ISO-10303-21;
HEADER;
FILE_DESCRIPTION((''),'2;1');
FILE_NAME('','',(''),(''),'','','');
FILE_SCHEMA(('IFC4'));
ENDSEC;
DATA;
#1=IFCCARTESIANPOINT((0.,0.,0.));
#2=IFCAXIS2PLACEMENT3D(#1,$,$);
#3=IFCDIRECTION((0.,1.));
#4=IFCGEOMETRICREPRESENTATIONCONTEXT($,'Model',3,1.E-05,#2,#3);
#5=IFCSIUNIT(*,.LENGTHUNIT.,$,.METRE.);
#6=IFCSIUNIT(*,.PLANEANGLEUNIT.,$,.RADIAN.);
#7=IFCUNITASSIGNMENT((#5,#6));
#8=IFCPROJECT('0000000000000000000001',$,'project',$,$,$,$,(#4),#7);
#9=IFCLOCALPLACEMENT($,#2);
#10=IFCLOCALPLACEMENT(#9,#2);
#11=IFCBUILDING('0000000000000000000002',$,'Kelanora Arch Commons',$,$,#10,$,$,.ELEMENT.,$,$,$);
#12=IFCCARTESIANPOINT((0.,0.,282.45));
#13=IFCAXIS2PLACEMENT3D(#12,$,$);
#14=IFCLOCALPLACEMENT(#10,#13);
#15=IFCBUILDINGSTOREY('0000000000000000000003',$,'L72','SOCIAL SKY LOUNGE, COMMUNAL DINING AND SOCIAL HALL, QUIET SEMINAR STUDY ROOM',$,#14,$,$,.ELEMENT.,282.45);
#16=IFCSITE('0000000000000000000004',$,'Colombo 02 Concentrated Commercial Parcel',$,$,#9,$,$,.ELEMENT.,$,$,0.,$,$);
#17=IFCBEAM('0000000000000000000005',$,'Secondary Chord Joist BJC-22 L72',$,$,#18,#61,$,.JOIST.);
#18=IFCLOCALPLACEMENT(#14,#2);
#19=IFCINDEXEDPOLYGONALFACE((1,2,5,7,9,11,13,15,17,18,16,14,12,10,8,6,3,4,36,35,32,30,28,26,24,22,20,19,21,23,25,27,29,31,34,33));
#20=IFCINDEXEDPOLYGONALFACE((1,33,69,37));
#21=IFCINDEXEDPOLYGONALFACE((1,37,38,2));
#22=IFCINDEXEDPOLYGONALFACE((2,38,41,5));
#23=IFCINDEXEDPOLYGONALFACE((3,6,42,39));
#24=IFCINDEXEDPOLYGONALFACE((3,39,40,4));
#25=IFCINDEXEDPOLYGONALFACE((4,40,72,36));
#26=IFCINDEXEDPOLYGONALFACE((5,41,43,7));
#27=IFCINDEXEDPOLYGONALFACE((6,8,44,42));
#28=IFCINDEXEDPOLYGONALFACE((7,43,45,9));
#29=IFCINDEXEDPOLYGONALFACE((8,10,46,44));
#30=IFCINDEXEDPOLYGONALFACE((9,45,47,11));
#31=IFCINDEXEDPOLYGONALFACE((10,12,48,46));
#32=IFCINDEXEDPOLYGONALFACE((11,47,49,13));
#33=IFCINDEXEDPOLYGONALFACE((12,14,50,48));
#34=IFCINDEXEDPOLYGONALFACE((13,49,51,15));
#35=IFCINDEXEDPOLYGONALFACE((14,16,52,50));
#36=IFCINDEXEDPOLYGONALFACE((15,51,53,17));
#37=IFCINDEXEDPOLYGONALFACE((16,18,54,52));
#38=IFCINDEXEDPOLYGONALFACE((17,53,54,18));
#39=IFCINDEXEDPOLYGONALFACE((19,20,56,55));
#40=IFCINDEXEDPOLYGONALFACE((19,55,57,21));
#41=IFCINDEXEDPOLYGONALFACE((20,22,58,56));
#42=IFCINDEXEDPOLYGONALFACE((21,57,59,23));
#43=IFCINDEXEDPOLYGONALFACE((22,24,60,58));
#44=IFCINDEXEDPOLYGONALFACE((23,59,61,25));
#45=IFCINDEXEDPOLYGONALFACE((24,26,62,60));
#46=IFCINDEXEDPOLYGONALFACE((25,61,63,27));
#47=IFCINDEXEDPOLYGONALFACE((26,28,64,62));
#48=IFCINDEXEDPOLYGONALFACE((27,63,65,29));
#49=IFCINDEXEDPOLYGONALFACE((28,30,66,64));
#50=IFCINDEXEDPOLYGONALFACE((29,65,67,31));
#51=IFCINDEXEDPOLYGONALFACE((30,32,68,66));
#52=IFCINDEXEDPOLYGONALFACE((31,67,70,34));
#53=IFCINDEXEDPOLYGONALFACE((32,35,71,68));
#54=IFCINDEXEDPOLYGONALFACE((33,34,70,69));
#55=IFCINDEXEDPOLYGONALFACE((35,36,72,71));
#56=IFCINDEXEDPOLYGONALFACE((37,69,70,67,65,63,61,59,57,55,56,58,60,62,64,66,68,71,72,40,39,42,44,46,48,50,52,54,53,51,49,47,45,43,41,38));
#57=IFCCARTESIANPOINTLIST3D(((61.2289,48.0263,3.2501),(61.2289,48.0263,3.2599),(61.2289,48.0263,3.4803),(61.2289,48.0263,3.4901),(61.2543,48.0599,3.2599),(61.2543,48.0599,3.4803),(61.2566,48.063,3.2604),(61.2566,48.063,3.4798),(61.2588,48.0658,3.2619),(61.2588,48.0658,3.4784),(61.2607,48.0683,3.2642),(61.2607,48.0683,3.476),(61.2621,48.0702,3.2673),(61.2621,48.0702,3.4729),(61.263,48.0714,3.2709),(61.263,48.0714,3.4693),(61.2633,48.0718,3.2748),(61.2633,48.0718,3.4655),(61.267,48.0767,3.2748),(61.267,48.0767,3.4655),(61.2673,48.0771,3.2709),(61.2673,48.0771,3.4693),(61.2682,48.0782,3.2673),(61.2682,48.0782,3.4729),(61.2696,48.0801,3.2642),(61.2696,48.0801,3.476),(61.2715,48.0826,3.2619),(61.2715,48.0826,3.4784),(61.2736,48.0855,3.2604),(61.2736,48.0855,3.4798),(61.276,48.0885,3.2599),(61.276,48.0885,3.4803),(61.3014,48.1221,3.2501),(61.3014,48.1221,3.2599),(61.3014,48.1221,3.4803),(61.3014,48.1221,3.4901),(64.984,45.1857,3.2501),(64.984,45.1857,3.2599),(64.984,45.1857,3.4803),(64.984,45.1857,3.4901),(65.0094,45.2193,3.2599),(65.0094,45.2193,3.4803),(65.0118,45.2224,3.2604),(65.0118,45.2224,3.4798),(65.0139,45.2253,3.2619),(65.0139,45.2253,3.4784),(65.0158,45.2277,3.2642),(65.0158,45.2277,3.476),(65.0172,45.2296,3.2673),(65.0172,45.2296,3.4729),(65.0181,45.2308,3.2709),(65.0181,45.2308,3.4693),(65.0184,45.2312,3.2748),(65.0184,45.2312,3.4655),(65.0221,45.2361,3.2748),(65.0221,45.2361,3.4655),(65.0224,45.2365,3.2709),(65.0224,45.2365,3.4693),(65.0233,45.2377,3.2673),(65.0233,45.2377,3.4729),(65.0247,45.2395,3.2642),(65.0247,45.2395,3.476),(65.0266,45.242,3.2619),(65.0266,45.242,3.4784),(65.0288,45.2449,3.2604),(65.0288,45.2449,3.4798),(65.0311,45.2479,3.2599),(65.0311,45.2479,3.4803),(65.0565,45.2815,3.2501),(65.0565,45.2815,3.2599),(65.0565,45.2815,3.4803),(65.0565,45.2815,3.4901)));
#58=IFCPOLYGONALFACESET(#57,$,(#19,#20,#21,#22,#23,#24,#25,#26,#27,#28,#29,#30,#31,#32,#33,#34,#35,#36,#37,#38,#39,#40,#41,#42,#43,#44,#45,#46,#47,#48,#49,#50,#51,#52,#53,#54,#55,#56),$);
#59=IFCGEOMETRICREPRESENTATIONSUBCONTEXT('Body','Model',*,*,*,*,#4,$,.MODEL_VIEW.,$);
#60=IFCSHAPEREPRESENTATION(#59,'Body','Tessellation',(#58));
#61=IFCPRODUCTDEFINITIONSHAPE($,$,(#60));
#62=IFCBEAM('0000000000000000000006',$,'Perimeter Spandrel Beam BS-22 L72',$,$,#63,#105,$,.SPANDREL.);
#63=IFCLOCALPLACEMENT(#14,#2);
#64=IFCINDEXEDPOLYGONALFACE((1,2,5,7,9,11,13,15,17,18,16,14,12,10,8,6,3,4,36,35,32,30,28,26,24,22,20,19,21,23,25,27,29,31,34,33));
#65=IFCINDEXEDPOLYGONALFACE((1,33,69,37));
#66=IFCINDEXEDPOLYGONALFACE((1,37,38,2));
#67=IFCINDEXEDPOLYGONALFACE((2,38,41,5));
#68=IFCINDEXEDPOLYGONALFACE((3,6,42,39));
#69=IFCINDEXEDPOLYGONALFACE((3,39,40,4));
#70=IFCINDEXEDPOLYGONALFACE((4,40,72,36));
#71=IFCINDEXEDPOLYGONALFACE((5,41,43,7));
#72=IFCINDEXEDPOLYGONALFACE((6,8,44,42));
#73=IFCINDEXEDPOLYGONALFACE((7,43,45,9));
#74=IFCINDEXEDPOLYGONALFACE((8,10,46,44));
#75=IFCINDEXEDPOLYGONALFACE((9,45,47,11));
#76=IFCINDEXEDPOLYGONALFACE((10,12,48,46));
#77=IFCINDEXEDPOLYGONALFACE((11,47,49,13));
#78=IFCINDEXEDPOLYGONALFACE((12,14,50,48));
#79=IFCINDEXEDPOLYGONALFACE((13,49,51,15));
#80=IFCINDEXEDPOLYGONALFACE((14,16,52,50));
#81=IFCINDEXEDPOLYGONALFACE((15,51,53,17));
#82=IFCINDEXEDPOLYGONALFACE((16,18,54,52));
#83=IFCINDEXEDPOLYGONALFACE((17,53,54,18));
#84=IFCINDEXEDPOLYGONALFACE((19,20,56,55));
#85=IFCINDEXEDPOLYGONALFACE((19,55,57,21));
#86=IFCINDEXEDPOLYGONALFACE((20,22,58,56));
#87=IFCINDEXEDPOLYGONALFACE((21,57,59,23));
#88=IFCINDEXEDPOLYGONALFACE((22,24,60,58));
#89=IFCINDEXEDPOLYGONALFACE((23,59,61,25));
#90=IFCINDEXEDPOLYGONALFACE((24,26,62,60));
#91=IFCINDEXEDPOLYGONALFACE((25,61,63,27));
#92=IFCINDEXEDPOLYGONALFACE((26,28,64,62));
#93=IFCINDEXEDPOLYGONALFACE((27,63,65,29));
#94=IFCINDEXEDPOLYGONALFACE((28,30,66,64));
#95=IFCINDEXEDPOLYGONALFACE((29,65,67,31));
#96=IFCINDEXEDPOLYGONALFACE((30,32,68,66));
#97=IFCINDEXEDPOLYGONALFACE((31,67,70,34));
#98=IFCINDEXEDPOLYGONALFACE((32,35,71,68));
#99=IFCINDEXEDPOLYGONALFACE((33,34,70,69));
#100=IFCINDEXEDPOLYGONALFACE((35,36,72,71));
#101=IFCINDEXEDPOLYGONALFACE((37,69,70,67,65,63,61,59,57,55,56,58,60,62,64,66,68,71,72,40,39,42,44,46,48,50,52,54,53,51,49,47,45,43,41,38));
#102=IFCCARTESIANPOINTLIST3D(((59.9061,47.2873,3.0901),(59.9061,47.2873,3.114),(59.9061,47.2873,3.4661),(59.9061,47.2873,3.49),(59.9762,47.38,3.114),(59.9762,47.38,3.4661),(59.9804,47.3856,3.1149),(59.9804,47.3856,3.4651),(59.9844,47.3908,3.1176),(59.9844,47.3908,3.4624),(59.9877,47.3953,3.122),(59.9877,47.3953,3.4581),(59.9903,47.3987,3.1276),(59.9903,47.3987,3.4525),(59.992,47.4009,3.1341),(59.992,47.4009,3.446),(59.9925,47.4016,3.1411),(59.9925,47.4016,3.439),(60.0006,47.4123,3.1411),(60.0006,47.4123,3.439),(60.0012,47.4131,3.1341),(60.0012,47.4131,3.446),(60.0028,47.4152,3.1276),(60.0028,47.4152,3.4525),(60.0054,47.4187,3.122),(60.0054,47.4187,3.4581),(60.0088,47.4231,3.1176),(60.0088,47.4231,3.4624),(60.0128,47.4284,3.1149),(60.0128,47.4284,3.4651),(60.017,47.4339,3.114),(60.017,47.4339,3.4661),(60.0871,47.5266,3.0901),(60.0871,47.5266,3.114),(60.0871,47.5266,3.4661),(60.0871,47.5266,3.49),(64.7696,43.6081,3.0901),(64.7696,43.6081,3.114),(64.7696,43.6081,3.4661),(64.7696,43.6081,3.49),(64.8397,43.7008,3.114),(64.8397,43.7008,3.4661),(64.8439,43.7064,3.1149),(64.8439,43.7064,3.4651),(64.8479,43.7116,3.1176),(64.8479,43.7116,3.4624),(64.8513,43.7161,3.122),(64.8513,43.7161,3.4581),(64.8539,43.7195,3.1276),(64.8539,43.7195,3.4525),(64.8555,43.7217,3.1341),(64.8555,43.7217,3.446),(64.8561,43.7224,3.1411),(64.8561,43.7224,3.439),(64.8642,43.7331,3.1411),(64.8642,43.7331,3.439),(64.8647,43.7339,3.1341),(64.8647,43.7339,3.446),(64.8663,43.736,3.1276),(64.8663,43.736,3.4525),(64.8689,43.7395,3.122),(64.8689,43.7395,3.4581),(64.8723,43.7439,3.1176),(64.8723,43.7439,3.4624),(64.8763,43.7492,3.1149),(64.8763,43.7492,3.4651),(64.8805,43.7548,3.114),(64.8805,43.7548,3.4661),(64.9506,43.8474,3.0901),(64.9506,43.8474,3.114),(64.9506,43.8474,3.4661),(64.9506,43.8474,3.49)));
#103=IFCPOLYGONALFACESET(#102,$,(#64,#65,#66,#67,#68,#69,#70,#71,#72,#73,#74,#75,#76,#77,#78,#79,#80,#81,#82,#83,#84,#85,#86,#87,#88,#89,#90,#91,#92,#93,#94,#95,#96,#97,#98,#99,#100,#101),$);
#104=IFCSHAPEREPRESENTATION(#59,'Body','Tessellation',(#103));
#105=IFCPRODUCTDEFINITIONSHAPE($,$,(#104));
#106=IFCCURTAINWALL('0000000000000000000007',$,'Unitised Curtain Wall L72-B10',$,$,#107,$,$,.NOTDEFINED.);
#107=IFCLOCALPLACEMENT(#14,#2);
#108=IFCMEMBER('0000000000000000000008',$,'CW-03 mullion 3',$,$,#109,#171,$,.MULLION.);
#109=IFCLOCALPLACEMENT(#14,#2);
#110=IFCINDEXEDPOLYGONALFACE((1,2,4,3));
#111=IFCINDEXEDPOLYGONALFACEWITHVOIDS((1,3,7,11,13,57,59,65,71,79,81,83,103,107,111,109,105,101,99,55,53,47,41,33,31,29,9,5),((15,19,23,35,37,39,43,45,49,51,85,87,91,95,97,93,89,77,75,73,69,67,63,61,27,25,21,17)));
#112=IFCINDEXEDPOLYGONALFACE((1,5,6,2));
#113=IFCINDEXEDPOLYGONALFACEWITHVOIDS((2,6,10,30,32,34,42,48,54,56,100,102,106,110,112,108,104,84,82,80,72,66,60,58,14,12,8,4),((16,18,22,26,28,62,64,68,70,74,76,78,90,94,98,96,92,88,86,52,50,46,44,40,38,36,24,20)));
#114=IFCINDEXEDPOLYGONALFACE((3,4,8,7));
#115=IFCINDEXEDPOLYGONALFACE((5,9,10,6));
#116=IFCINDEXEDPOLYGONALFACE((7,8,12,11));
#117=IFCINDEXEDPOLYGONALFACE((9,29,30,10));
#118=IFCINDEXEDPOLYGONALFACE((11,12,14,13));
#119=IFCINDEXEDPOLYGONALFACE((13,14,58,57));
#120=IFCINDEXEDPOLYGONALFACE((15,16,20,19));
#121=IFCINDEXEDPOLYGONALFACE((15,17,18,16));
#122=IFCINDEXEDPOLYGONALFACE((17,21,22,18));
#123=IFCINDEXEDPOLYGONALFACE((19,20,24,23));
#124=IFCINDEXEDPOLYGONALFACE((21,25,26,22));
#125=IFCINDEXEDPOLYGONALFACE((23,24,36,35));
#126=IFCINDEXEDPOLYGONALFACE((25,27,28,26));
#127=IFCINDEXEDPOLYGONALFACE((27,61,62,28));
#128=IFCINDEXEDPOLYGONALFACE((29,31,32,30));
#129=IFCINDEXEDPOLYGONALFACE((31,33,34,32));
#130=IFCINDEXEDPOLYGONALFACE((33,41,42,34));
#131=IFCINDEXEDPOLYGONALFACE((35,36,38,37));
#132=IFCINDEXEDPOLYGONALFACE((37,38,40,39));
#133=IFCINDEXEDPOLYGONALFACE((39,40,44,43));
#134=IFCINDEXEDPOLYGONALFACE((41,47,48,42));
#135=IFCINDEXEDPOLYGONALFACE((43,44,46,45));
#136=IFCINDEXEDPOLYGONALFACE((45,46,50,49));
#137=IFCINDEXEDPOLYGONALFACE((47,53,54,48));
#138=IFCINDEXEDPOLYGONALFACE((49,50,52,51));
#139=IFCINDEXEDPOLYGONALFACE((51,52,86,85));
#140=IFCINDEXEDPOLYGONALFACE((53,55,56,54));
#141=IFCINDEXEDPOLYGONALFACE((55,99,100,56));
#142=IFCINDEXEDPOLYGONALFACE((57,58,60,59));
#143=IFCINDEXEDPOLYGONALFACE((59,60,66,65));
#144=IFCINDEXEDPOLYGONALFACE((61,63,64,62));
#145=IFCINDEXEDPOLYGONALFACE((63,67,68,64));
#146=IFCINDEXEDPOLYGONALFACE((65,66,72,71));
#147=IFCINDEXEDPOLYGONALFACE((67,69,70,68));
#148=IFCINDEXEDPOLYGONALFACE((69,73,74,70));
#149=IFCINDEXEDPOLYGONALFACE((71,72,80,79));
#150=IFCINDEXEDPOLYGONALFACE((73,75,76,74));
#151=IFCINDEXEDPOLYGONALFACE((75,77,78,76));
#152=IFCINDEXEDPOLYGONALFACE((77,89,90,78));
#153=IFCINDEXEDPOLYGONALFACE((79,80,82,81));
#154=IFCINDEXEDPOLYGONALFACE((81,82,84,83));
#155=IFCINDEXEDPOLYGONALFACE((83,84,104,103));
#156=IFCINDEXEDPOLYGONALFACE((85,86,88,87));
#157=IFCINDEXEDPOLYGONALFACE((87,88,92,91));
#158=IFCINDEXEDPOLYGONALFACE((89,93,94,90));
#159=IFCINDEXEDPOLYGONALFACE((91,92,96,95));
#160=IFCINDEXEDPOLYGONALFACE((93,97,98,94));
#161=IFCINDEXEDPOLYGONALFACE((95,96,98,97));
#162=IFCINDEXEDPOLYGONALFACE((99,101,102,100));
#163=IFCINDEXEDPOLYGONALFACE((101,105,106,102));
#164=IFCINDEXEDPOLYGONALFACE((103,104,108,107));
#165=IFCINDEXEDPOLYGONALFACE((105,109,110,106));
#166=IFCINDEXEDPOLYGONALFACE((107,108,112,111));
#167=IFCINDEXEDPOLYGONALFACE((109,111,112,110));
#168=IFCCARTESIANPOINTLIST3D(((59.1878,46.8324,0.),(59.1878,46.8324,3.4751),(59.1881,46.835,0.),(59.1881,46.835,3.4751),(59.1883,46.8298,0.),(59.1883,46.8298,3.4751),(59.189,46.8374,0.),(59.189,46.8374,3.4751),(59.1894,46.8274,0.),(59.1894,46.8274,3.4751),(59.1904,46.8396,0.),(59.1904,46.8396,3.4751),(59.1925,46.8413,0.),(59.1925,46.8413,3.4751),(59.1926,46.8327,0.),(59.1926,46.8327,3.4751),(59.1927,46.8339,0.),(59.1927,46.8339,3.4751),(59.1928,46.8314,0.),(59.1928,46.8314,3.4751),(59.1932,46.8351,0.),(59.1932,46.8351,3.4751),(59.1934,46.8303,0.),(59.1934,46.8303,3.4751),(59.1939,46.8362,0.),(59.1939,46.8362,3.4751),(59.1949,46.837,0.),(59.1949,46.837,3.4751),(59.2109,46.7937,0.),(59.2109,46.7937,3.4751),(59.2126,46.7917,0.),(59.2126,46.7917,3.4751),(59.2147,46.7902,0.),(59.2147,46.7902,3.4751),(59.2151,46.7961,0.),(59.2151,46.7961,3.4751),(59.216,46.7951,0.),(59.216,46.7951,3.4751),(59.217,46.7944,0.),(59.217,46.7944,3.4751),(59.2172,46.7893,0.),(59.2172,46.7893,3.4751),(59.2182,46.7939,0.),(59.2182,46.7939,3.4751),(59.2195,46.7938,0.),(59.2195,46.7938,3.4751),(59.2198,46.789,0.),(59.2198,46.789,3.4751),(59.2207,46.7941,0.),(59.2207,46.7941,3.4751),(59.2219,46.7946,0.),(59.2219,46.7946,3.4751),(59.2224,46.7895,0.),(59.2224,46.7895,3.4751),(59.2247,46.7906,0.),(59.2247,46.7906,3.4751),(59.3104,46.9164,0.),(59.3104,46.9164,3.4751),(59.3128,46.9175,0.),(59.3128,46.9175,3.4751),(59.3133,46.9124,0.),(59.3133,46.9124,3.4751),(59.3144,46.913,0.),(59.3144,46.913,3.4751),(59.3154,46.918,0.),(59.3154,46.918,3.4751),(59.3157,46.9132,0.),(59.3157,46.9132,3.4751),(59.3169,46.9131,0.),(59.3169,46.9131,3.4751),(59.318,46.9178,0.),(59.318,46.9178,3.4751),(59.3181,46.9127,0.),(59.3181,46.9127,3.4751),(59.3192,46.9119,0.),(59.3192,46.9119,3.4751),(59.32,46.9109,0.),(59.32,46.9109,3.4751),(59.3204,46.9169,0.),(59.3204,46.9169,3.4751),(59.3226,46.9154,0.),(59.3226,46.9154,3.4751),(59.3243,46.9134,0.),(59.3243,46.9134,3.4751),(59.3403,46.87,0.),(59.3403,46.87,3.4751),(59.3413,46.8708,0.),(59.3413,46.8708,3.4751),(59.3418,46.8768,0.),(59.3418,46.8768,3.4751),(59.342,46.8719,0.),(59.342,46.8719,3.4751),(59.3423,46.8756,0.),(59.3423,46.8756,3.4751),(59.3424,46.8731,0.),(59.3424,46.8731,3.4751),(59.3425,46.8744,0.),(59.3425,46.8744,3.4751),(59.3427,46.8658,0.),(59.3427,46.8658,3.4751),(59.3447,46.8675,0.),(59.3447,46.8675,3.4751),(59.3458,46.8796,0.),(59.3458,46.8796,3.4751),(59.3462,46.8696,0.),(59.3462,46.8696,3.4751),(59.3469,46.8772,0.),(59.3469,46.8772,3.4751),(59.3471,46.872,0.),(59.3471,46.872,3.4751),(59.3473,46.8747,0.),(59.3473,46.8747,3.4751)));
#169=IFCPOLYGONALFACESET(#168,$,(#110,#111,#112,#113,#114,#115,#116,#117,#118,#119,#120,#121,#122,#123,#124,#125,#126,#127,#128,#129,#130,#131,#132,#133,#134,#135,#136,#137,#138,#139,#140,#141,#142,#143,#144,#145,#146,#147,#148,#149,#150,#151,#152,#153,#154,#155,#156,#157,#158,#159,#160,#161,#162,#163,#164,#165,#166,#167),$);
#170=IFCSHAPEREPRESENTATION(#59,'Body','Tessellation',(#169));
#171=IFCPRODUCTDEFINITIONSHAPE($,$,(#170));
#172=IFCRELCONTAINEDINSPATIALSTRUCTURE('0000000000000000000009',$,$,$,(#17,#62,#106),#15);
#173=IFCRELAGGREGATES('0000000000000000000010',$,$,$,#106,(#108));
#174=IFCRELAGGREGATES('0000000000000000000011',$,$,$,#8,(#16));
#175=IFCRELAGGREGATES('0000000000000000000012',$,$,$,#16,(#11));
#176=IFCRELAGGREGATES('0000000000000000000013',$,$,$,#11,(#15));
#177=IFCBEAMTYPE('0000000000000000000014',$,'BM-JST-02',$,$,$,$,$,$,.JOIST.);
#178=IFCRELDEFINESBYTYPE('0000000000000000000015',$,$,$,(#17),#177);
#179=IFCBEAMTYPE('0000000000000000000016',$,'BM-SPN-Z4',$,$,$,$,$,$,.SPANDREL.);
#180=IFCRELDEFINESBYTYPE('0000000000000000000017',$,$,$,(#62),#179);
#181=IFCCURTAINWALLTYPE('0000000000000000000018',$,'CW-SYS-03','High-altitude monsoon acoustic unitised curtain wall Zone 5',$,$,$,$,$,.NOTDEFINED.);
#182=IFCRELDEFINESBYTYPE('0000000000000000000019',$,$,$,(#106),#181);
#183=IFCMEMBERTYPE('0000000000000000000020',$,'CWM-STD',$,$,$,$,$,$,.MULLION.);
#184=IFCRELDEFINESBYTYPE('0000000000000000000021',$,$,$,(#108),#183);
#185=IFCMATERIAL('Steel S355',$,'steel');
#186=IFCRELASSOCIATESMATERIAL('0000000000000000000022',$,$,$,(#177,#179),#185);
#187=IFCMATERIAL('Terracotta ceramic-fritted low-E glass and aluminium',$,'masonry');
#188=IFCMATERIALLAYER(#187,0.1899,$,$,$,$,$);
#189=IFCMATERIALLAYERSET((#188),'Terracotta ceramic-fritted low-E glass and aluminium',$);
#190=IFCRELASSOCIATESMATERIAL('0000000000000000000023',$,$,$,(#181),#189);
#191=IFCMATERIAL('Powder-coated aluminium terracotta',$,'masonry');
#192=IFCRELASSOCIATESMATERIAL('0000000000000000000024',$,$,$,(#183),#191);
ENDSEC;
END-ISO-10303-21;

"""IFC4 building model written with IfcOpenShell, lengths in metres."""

from ifc_helpers import new_model, si_unit, direction, frame, origin, origin_2d, place, context, subcontext, project, spatial, hollow_rectangle, i_section, extrude, material, layer, layer_set, material_profile, profile_set, type_object, element, aggregate, save


model = new_model("IFC4")

# Units and contexts
model_context = context("Model", 3, precision=1e-05, world=origin(), true_north=direction((0.0, 1.0)))
body_context = subcontext(model_context, "Body", "Model", "MODEL_VIEW")
ifc_project = project(units=[si_unit("LENGTHUNIT", "METRE"), si_unit("PLANEANGLEUNIT", "RADIAN")], contexts=[model_context])

# Site, building, storey
site_placement = place(None, origin())
site = spatial("IfcSite", under=ifc_project, at=site_placement, Name="Colombo 02 Concentrated Commercial Parcel", CompositionType="ELEMENT", RefElevation=0.0)
building_placement = place(site_placement, origin())
building = spatial("IfcBuilding", under=site, at=building_placement, Name="Kelanora Arch Commons", CompositionType="ELEMENT")
storey_placement = place(building_placement, frame((0.0, 0.0, 282.45)))
storey = spatial("IfcBuildingStorey", under=building, at=storey_placement, Name="L72", Description="SOCIAL SKY LOUNGE, COMMUNAL DINING AND SOCIAL HALL, QUIET SEMINAR STUDY ROOM", CompositionType="ELEMENT", Elevation=282.45)

# Beams
ifc_material_1 = material(Name="Steel S355", Category="steel")
ifc_material_profile_1 = material_profile(ifc_material_1, i_section(OverallWidth=0.1201, OverallDepth=0.24, WebThickness=0.0061, FlangeThickness=0.0098, FilletRadius=0.0149, at=origin_2d()), Name="IPE240")
ifc_profile_set_1 = profile_set([ifc_material_profile_1], Name="Steel S355")
beam_type_1 = type_object("IfcBeamType", Name="BM-JST-02", PredefinedType="JOIST", material=ifc_profile_set_1)
beam_1_placement = place(storey_placement, frame((61.2651, 48.0742, 3.3701), z_axis=(0.797523, -0.603289, 0.0), x_axis=(0.603289, 0.797523, 0.0)))
element("IfcBeam", 1, at=beam_1_placement, inside=storey, type_object=beam_type_1, Name="Secondary Chord Joist BJC-22 L72", PredefinedType="JOIST", context=body_context, shape_type="SweptSolid", body=[
    extrude(i_section(OverallWidth=0.1201, OverallDepth=0.24, WebThickness=0.0061, FlangeThickness=0.0098, FilletRadius=0.0149, at=origin_2d()), origin(), (0.0, 0.0, 1.0), 4.7085),
])
ifc_material_profile_2 = material_profile(ifc_material_1, i_section(OverallWidth=0.3, OverallDepth=0.3999, WebThickness=0.0134, FlangeThickness=0.0239, FilletRadius=0.0271, at=origin_2d()), Name="HEB400")
ifc_profile_set_2 = profile_set([ifc_material_profile_2], Name="Steel S355")
beam_type_2 = type_object("IfcBeamType", Name="BM-SPN-Z4", PredefinedType="SPANDREL", material=ifc_profile_set_2)
beam_2_placement = place(storey_placement, frame((59.9966, 47.407, 3.29), z_axis=(0.797509, -0.603306, 0.0), x_axis=(0.603306, 0.797509, 0.0)))
element("IfcBeam", 2, at=beam_2_placement, inside=storey, type_object=beam_type_2, Name="Perimeter Spandrel Beam BS-22 L72", PredefinedType="SPANDREL", context=body_context, shape_type="SweptSolid", body=[
    extrude(i_section(OverallWidth=0.3, OverallDepth=0.3999, WebThickness=0.0134, FlangeThickness=0.0239, FilletRadius=0.0271, at=origin_2d()), origin(), (0.0, 0.0, 1.0), 6.0984),
])

# Curtain wall, member
ifc_material_2 = material(Name="Terracotta ceramic-fritted low-E glass and aluminium", Category="masonry")
ifc_layer_1 = layer(ifc_material_2, 0.1899)
ifc_layer_set_1 = layer_set([ifc_layer_1], Name="Terracotta ceramic-fritted low-E glass and aluminium")
curtain_wall_type = type_object("IfcCurtainWallType", Name="CW-SYS-03", Description="High-altitude monsoon acoustic unitised curtain wall Zone 5", PredefinedType="NOTDEFINED", material=ifc_layer_set_1)
curtain_wall_placement = place(storey_placement, origin())
curtain_wall = element("IfcCurtainWall", 3, at=curtain_wall_placement, inside=storey, type_object=curtain_wall_type, Name="Unitised Curtain Wall L72-B10", PredefinedType="NOTDEFINED")
ifc_material_3 = material(Name="Powder-coated aluminium terracotta", Category="masonry")
ifc_material_profile_3 = material_profile(ifc_material_3, hollow_rectangle(XDim=0.1599, YDim=0.0601, WallThickness=0.0049, InnerFilletRadius=0.0049, OuterFilletRadius=0.01, at=origin_2d()), Name="CWM160x60")
ifc_profile_set_3 = profile_set([ifc_material_profile_3], Name="Powder-coated aluminium terracotta")
member_type_1 = type_object("IfcMemberType", Name="CWM-STD", PredefinedType="MULLION", material=ifc_profile_set_3)
member_1_placement = place(storey_placement, frame((59.2676, 46.8535, 0.0), z_axis=(0.0, 0.0, 1.0), x_axis=(0.843391, 0.5373, 0.0)))
member_1 = element("IfcMember", 4, at=member_1_placement, type_object=member_type_1, Name="CW-03 mullion 3", PredefinedType="MULLION", context=body_context, shape_type="SweptSolid", body=[
    extrude(hollow_rectangle(XDim=0.1599, YDim=0.0601, WallThickness=0.0049, InnerFilletRadius=0.0049, OuterFilletRadius=0.01, at=origin_2d()), origin(), (0.0, 0.0, 1.0), 3.4751),
])
aggregate(curtain_wall, [member_1])

save(model, "model.ifc")
